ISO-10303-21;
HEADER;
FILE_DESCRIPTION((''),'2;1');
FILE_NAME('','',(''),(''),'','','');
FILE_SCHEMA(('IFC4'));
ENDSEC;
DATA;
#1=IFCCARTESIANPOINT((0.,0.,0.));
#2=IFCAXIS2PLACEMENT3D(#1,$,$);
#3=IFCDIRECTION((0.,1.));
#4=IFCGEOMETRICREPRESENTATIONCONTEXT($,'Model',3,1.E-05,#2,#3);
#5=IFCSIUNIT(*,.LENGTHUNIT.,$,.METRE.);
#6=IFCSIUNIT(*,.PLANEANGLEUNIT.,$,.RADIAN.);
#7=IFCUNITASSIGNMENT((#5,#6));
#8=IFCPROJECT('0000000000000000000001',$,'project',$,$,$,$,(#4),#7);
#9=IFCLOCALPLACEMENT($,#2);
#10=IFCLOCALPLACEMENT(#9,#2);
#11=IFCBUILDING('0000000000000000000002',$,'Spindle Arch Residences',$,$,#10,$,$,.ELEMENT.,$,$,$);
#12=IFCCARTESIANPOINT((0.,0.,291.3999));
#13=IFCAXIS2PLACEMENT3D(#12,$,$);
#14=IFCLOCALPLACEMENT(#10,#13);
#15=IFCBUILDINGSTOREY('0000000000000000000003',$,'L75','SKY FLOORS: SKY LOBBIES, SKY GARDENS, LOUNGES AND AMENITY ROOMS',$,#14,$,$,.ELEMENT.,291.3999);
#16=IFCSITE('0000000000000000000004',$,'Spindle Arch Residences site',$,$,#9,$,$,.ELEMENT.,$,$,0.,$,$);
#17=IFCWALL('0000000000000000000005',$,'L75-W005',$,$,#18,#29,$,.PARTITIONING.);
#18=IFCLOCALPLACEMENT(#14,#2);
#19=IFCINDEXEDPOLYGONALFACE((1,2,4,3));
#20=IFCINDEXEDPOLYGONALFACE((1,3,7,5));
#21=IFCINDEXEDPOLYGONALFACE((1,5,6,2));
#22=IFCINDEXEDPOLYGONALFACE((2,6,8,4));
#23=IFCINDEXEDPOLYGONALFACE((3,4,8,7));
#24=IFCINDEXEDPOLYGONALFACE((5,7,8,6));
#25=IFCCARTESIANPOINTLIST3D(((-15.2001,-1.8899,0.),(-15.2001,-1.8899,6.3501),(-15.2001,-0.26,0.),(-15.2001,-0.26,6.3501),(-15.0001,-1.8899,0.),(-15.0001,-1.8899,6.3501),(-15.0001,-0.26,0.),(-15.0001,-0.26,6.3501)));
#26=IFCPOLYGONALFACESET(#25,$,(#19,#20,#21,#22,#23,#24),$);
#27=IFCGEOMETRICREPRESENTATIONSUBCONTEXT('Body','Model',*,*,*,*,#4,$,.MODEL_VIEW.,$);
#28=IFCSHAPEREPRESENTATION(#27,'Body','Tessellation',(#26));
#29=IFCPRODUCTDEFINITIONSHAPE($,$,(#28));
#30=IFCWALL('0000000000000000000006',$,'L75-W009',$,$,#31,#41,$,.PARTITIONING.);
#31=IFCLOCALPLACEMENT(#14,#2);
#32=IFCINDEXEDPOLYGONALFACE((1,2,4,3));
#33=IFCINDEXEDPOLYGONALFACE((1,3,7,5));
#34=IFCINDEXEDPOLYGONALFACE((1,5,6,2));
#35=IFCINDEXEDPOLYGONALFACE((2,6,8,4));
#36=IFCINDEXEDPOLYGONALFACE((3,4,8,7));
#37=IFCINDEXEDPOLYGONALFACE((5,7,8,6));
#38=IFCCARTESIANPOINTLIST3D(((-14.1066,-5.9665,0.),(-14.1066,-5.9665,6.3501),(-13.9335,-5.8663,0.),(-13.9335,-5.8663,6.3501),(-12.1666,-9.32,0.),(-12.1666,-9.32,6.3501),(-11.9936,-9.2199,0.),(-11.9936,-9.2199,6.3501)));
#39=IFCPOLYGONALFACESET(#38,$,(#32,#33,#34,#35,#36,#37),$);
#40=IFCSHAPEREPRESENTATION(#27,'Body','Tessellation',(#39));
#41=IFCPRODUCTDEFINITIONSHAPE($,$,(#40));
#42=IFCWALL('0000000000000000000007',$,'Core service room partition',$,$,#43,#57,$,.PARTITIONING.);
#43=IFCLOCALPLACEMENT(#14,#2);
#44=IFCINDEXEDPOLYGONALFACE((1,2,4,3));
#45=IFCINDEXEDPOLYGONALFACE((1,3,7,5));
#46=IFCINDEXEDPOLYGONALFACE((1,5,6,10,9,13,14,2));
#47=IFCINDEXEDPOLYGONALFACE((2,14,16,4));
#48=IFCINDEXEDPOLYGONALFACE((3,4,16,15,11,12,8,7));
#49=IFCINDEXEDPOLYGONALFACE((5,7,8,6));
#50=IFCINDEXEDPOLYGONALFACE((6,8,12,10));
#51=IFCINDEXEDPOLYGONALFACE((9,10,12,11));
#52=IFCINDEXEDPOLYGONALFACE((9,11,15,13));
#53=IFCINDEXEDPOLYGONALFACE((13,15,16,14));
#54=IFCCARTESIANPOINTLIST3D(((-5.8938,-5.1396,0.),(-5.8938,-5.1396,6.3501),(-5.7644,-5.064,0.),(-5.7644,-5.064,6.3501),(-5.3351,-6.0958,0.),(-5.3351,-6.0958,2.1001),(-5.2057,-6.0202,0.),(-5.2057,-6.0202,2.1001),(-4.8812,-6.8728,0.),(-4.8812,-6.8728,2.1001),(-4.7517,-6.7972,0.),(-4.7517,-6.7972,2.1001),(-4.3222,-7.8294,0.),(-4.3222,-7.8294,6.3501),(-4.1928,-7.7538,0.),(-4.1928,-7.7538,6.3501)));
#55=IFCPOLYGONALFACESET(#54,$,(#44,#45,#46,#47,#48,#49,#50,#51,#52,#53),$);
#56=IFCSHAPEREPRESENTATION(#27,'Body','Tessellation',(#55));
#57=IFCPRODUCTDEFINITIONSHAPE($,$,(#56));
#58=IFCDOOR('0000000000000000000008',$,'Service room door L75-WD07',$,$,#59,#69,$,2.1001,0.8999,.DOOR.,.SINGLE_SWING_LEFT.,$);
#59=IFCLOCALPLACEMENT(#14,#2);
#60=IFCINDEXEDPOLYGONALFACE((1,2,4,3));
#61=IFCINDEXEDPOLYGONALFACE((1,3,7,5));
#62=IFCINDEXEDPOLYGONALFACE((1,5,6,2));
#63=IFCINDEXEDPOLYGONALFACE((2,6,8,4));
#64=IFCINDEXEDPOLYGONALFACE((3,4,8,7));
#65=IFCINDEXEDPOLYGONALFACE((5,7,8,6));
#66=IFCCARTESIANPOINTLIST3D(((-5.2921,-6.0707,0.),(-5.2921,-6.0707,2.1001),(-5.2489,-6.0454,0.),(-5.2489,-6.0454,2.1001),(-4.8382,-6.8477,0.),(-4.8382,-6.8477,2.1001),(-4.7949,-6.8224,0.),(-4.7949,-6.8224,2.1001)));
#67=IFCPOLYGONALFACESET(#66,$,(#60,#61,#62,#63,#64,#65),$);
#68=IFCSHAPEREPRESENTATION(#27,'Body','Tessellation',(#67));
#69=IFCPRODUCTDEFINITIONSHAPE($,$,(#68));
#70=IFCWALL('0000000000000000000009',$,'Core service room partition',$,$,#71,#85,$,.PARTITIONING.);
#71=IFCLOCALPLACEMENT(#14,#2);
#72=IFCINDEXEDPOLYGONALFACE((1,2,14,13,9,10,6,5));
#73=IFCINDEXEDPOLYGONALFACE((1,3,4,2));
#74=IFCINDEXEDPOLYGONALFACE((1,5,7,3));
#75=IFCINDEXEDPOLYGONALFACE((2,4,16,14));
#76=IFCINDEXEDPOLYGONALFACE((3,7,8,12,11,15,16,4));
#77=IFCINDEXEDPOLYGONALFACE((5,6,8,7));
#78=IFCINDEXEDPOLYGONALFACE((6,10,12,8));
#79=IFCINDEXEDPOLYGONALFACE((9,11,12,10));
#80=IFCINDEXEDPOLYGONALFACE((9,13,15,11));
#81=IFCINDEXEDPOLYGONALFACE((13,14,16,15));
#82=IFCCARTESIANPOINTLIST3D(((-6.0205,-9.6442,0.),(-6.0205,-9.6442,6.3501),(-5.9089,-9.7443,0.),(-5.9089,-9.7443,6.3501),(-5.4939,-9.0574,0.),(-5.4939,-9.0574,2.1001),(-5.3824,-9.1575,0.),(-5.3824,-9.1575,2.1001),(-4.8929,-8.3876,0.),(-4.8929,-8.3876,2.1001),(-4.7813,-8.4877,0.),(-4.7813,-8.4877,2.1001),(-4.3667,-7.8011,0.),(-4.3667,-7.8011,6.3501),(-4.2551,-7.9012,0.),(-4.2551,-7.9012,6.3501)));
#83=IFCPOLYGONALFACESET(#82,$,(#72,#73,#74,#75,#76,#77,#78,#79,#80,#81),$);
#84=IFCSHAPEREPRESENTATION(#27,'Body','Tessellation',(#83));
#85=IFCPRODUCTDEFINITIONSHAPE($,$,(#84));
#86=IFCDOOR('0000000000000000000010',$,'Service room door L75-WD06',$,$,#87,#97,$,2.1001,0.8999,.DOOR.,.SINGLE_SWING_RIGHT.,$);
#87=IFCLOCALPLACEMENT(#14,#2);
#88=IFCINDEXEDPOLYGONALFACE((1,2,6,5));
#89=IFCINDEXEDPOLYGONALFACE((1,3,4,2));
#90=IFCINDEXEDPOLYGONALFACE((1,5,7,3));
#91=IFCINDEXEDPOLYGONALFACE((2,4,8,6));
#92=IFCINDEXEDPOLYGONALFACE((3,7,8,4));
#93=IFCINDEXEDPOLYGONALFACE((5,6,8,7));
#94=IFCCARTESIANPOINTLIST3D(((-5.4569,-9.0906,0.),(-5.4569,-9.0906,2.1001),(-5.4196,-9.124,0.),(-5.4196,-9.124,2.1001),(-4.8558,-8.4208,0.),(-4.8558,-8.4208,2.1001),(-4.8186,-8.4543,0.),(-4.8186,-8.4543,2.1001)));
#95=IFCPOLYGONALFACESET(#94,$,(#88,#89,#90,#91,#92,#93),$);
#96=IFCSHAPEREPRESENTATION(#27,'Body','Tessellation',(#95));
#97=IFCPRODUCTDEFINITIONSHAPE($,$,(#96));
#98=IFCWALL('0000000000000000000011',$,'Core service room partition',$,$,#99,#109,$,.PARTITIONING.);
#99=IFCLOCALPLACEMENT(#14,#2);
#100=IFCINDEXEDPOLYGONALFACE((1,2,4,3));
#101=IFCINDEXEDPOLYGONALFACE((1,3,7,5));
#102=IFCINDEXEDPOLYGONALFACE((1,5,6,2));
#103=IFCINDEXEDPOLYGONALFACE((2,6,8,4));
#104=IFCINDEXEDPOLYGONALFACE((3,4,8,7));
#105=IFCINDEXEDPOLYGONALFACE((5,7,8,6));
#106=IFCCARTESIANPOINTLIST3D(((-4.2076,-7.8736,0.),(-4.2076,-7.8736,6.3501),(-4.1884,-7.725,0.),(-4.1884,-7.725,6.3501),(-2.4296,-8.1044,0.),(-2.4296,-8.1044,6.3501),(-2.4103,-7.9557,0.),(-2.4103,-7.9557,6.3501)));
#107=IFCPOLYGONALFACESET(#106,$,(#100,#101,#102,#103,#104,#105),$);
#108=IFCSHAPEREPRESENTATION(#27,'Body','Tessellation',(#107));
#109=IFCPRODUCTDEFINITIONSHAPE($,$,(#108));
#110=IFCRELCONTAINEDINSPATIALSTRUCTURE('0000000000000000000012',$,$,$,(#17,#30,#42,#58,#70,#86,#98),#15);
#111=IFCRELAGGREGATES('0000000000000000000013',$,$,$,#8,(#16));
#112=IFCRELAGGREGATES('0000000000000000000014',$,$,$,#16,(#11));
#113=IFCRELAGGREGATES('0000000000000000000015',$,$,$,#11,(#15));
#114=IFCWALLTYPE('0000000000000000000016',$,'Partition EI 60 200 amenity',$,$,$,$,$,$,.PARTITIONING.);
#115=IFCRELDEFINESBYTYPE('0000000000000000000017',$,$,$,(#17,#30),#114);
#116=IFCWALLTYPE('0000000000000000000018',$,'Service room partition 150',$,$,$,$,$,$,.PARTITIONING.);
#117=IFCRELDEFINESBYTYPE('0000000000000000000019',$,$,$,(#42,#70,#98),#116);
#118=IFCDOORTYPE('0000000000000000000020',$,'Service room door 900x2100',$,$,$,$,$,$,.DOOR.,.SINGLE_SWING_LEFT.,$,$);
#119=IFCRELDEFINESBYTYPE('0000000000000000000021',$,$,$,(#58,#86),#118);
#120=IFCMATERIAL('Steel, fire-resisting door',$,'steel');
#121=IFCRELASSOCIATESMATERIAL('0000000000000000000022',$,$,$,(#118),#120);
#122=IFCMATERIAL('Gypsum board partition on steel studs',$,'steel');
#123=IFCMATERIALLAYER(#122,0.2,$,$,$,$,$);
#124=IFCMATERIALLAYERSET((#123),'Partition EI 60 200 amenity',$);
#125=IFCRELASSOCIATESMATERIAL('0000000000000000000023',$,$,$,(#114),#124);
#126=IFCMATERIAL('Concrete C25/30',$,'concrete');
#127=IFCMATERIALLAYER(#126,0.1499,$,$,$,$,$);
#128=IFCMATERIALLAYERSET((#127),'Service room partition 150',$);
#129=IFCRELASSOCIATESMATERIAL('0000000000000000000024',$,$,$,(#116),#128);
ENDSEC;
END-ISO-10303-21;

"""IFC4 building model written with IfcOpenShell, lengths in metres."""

from ifc_helpers import new_model, si_unit, direction, frame, frame_2d, origin, place, context, subcontext, project, spatial, rectangle, extrude, material, layer, layer_set, type_object, element, fill, save


model = new_model("IFC4")

# Units and contexts
model_context = context("Model", 3, precision=1e-05, world=origin(), true_north=direction((0.0, 1.0)))
body_context = subcontext(model_context, "Body", "Model", "MODEL_VIEW")
ifc_project = project(units=[si_unit("LENGTHUNIT", "METRE"), si_unit("PLANEANGLEUNIT", "RADIAN")], contexts=[model_context])

# Site, building, storey
site_placement = place(None, origin())
site = spatial("IfcSite", under=ifc_project, at=site_placement, Name="Spindle Arch Residences site", CompositionType="ELEMENT", RefElevation=0.0)
building_placement = place(site_placement, origin())
building = spatial("IfcBuilding", under=site, at=building_placement, Name="Spindle Arch Residences", CompositionType="ELEMENT")
storey_placement = place(building_placement, frame((0.0, 0.0, 291.3999)))
storey = spatial("IfcBuildingStorey", under=building, at=storey_placement, Name="L75", Description="SKY FLOORS: SKY LOBBIES, SKY GARDENS, LOUNGES AND AMENITY ROOMS", CompositionType="ELEMENT", Elevation=291.3999)

# Shared definitions
ifc_material_1 = material(Name="Steel, fire-resisting door", Category="steel")
door_type_1 = type_object("IfcDoorType", Name="Service room door 900x2100", OperationType="SINGLE_SWING_LEFT", PredefinedType="DOOR", material=ifc_material_1)

# Shared definitions
ifc_material_2 = material(Name="Gypsum board partition on steel studs", Category="steel")
ifc_layer_1 = layer(ifc_material_2, 0.2)
ifc_layer_set_1 = layer_set([ifc_layer_1], Name="Partition EI 60 200 amenity")
wall_type_1 = type_object("IfcWallType", Name="Partition EI 60 200 amenity", PredefinedType="PARTITIONING", material=ifc_layer_set_1)

# Walls
wall_1_placement = place(storey_placement, frame((-15.1001, -0.26, 0.0), z_axis=(0.0, 0.0, 1.0), x_axis=(0.0, -1.0, 0.0)))
element("IfcWall", 1, at=wall_1_placement, inside=storey, type_object=wall_type_1, Name="L75-W005", PredefinedType="PARTITIONING", context=body_context, shape_type="SweptSolid", body=[
    extrude(rectangle(XDim=1.6299, YDim=0.2, at=frame_2d((0.8149, 0.0))), origin(), (0.0, 0.0, 1.0), 6.3501),
])
wall_2_placement = place(storey_placement, frame((-14.02, -5.9165, 0.0), z_axis=(0.0, 0.0, 1.0), x_axis=(0.500733, -0.865602, 0.0)))
element("IfcWall", 2, at=wall_2_placement, inside=storey, type_object=wall_type_1, Name="L75-W009", PredefinedType="PARTITIONING", context=body_context, shape_type="SweptSolid", body=[
    extrude(rectangle(XDim=3.8743, YDim=0.2, at=frame_2d((1.937, 0.0))), origin(), (0.0, 0.0, 1.0), 6.3501),
])

# Walls, openings, doors
ifc_material_3 = material(Name="Concrete C25/30", Category="concrete")
ifc_layer_2 = layer(ifc_material_3, 0.1499)
ifc_layer_set_2 = layer_set([ifc_layer_2], Name="Service room partition 150")
wall_type_2 = type_object("IfcWallType", Name="Service room partition 150", PredefinedType="PARTITIONING", material=ifc_layer_set_2)
wall_3_placement = place(storey_placement, frame((-5.8291, -5.1018, 0.0), z_axis=(0.0, 0.0, 1.0), x_axis=(0.50448, -0.863423, 0.0)))
wall_3 = element("IfcWall", 3, at=wall_3_placement, inside=storey, type_object=wall_type_2, Name="Core service room partition", PredefinedType="PARTITIONING", context=body_context, shape_type="SweptSolid", body=[
    extrude(rectangle(XDim=3.1152, YDim=0.1499, at=frame_2d((1.5576, 0.0))), origin(), (0.0, 0.0, 1.0), 6.3501),
])
opening_1_placement = place(wall_3_placement, frame((1.1074, 0.0, 0.0)))
opening_1 = element("IfcOpeningElement", 4, at=opening_1_placement, cuts=wall_3, PredefinedType="OPENING", context=body_context, shape_type="SweptSolid", body=[
    extrude(rectangle(XDim=0.8999, YDim=2.1001, at=frame_2d((0.45, 1.05))), frame((0.0, 0.085, 0.0), z_axis=(0.0, -1.0, 0.0), x_axis=(1.0, 0.0, 0.0)), (0.0, 0.0, 1.0), 0.1699),
])
door_1_placement = place(opening_1_placement, origin())
door_1 = element("IfcDoor", 5, at=door_1_placement, inside=storey, type_object=door_type_1, Name="Service room door L75-WD07", OperationType="SINGLE_SWING_LEFT", OverallHeight=2.1001, OverallWidth=0.8999, PredefinedType="DOOR", context=body_context, shape_type="SweptSolid", body=[
    extrude(rectangle(XDim=0.8999, YDim=2.1001, at=frame_2d((0.45, 1.05))), frame((0.0, 0.0249, 0.0), z_axis=(0.0, -1.0, 0.0), x_axis=(1.0, 0.0, 0.0)), (0.0, 0.0, 1.0), 0.05),
])
fill(opening_1, door_1)
wall_4_placement = place(storey_placement, frame((-4.3108, -7.8511, 0.0), z_axis=(0.0, 0.0, 1.0), x_axis=(-0.667869, -0.744279, 0.0)))
wall_4 = element("IfcWall", 6, at=wall_4_placement, inside=storey, type_object=wall_type_2, Name="Core service room partition", PredefinedType="PARTITIONING", context=body_context, shape_type="SweptSolid", body=[
    extrude(rectangle(XDim=2.4763, YDim=0.1499, at=frame_2d((1.2383, 0.0))), origin(), (0.0, 0.0, 1.0), 6.3501),
])
opening_2_placement = place(wall_4_placement, frame((0.7881, 0.0, 0.0)))
opening_2 = element("IfcOpeningElement", 7, at=opening_2_placement, cuts=wall_4, PredefinedType="OPENING", context=body_context, shape_type="SweptSolid", body=[
    extrude(rectangle(XDim=0.8999, YDim=2.1001, at=frame_2d((0.45, 1.05))), frame((0.0, 0.085, 0.0), z_axis=(0.0, -1.0, 0.0), x_axis=(1.0, 0.0, 0.0)), (0.0, 0.0, 1.0), 0.1699),
])
door_2_placement = place(opening_2_placement, origin())
door_2 = element("IfcDoor", 8, at=door_2_placement, inside=storey, type_object=door_type_1, Name="Service room door L75-WD06", OperationType="SINGLE_SWING_RIGHT", OverallHeight=2.1001, OverallWidth=0.8999, PredefinedType="DOOR", context=body_context, shape_type="SweptSolid", body=[
    extrude(rectangle(XDim=0.8999, YDim=2.1001, at=frame_2d((0.45, 1.05))), frame((0.0, 0.0249, 0.0), z_axis=(0.0, -1.0, 0.0), x_axis=(1.0, 0.0, 0.0)), (0.0, 0.0, 1.0), 0.05),
])
fill(opening_2, door_2)

# Wall
wall_5_placement = place(storey_placement, frame((-4.198, -7.7993, 0.0), z_axis=(0.0, 0.0, 1.0), x_axis=(0.991687, -0.128676, 0.0)))
element("IfcWall", 9, at=wall_5_placement, inside=storey, type_object=wall_type_2, Name="Core service room partition", PredefinedType="PARTITIONING", context=body_context, shape_type="SweptSolid", body=[
    extrude(rectangle(XDim=1.793, YDim=0.1499, at=frame_2d((0.8965, 0.0))), origin(), (0.0, 0.0, 1.0), 6.3501),
])

save(model, "model.ifc")
